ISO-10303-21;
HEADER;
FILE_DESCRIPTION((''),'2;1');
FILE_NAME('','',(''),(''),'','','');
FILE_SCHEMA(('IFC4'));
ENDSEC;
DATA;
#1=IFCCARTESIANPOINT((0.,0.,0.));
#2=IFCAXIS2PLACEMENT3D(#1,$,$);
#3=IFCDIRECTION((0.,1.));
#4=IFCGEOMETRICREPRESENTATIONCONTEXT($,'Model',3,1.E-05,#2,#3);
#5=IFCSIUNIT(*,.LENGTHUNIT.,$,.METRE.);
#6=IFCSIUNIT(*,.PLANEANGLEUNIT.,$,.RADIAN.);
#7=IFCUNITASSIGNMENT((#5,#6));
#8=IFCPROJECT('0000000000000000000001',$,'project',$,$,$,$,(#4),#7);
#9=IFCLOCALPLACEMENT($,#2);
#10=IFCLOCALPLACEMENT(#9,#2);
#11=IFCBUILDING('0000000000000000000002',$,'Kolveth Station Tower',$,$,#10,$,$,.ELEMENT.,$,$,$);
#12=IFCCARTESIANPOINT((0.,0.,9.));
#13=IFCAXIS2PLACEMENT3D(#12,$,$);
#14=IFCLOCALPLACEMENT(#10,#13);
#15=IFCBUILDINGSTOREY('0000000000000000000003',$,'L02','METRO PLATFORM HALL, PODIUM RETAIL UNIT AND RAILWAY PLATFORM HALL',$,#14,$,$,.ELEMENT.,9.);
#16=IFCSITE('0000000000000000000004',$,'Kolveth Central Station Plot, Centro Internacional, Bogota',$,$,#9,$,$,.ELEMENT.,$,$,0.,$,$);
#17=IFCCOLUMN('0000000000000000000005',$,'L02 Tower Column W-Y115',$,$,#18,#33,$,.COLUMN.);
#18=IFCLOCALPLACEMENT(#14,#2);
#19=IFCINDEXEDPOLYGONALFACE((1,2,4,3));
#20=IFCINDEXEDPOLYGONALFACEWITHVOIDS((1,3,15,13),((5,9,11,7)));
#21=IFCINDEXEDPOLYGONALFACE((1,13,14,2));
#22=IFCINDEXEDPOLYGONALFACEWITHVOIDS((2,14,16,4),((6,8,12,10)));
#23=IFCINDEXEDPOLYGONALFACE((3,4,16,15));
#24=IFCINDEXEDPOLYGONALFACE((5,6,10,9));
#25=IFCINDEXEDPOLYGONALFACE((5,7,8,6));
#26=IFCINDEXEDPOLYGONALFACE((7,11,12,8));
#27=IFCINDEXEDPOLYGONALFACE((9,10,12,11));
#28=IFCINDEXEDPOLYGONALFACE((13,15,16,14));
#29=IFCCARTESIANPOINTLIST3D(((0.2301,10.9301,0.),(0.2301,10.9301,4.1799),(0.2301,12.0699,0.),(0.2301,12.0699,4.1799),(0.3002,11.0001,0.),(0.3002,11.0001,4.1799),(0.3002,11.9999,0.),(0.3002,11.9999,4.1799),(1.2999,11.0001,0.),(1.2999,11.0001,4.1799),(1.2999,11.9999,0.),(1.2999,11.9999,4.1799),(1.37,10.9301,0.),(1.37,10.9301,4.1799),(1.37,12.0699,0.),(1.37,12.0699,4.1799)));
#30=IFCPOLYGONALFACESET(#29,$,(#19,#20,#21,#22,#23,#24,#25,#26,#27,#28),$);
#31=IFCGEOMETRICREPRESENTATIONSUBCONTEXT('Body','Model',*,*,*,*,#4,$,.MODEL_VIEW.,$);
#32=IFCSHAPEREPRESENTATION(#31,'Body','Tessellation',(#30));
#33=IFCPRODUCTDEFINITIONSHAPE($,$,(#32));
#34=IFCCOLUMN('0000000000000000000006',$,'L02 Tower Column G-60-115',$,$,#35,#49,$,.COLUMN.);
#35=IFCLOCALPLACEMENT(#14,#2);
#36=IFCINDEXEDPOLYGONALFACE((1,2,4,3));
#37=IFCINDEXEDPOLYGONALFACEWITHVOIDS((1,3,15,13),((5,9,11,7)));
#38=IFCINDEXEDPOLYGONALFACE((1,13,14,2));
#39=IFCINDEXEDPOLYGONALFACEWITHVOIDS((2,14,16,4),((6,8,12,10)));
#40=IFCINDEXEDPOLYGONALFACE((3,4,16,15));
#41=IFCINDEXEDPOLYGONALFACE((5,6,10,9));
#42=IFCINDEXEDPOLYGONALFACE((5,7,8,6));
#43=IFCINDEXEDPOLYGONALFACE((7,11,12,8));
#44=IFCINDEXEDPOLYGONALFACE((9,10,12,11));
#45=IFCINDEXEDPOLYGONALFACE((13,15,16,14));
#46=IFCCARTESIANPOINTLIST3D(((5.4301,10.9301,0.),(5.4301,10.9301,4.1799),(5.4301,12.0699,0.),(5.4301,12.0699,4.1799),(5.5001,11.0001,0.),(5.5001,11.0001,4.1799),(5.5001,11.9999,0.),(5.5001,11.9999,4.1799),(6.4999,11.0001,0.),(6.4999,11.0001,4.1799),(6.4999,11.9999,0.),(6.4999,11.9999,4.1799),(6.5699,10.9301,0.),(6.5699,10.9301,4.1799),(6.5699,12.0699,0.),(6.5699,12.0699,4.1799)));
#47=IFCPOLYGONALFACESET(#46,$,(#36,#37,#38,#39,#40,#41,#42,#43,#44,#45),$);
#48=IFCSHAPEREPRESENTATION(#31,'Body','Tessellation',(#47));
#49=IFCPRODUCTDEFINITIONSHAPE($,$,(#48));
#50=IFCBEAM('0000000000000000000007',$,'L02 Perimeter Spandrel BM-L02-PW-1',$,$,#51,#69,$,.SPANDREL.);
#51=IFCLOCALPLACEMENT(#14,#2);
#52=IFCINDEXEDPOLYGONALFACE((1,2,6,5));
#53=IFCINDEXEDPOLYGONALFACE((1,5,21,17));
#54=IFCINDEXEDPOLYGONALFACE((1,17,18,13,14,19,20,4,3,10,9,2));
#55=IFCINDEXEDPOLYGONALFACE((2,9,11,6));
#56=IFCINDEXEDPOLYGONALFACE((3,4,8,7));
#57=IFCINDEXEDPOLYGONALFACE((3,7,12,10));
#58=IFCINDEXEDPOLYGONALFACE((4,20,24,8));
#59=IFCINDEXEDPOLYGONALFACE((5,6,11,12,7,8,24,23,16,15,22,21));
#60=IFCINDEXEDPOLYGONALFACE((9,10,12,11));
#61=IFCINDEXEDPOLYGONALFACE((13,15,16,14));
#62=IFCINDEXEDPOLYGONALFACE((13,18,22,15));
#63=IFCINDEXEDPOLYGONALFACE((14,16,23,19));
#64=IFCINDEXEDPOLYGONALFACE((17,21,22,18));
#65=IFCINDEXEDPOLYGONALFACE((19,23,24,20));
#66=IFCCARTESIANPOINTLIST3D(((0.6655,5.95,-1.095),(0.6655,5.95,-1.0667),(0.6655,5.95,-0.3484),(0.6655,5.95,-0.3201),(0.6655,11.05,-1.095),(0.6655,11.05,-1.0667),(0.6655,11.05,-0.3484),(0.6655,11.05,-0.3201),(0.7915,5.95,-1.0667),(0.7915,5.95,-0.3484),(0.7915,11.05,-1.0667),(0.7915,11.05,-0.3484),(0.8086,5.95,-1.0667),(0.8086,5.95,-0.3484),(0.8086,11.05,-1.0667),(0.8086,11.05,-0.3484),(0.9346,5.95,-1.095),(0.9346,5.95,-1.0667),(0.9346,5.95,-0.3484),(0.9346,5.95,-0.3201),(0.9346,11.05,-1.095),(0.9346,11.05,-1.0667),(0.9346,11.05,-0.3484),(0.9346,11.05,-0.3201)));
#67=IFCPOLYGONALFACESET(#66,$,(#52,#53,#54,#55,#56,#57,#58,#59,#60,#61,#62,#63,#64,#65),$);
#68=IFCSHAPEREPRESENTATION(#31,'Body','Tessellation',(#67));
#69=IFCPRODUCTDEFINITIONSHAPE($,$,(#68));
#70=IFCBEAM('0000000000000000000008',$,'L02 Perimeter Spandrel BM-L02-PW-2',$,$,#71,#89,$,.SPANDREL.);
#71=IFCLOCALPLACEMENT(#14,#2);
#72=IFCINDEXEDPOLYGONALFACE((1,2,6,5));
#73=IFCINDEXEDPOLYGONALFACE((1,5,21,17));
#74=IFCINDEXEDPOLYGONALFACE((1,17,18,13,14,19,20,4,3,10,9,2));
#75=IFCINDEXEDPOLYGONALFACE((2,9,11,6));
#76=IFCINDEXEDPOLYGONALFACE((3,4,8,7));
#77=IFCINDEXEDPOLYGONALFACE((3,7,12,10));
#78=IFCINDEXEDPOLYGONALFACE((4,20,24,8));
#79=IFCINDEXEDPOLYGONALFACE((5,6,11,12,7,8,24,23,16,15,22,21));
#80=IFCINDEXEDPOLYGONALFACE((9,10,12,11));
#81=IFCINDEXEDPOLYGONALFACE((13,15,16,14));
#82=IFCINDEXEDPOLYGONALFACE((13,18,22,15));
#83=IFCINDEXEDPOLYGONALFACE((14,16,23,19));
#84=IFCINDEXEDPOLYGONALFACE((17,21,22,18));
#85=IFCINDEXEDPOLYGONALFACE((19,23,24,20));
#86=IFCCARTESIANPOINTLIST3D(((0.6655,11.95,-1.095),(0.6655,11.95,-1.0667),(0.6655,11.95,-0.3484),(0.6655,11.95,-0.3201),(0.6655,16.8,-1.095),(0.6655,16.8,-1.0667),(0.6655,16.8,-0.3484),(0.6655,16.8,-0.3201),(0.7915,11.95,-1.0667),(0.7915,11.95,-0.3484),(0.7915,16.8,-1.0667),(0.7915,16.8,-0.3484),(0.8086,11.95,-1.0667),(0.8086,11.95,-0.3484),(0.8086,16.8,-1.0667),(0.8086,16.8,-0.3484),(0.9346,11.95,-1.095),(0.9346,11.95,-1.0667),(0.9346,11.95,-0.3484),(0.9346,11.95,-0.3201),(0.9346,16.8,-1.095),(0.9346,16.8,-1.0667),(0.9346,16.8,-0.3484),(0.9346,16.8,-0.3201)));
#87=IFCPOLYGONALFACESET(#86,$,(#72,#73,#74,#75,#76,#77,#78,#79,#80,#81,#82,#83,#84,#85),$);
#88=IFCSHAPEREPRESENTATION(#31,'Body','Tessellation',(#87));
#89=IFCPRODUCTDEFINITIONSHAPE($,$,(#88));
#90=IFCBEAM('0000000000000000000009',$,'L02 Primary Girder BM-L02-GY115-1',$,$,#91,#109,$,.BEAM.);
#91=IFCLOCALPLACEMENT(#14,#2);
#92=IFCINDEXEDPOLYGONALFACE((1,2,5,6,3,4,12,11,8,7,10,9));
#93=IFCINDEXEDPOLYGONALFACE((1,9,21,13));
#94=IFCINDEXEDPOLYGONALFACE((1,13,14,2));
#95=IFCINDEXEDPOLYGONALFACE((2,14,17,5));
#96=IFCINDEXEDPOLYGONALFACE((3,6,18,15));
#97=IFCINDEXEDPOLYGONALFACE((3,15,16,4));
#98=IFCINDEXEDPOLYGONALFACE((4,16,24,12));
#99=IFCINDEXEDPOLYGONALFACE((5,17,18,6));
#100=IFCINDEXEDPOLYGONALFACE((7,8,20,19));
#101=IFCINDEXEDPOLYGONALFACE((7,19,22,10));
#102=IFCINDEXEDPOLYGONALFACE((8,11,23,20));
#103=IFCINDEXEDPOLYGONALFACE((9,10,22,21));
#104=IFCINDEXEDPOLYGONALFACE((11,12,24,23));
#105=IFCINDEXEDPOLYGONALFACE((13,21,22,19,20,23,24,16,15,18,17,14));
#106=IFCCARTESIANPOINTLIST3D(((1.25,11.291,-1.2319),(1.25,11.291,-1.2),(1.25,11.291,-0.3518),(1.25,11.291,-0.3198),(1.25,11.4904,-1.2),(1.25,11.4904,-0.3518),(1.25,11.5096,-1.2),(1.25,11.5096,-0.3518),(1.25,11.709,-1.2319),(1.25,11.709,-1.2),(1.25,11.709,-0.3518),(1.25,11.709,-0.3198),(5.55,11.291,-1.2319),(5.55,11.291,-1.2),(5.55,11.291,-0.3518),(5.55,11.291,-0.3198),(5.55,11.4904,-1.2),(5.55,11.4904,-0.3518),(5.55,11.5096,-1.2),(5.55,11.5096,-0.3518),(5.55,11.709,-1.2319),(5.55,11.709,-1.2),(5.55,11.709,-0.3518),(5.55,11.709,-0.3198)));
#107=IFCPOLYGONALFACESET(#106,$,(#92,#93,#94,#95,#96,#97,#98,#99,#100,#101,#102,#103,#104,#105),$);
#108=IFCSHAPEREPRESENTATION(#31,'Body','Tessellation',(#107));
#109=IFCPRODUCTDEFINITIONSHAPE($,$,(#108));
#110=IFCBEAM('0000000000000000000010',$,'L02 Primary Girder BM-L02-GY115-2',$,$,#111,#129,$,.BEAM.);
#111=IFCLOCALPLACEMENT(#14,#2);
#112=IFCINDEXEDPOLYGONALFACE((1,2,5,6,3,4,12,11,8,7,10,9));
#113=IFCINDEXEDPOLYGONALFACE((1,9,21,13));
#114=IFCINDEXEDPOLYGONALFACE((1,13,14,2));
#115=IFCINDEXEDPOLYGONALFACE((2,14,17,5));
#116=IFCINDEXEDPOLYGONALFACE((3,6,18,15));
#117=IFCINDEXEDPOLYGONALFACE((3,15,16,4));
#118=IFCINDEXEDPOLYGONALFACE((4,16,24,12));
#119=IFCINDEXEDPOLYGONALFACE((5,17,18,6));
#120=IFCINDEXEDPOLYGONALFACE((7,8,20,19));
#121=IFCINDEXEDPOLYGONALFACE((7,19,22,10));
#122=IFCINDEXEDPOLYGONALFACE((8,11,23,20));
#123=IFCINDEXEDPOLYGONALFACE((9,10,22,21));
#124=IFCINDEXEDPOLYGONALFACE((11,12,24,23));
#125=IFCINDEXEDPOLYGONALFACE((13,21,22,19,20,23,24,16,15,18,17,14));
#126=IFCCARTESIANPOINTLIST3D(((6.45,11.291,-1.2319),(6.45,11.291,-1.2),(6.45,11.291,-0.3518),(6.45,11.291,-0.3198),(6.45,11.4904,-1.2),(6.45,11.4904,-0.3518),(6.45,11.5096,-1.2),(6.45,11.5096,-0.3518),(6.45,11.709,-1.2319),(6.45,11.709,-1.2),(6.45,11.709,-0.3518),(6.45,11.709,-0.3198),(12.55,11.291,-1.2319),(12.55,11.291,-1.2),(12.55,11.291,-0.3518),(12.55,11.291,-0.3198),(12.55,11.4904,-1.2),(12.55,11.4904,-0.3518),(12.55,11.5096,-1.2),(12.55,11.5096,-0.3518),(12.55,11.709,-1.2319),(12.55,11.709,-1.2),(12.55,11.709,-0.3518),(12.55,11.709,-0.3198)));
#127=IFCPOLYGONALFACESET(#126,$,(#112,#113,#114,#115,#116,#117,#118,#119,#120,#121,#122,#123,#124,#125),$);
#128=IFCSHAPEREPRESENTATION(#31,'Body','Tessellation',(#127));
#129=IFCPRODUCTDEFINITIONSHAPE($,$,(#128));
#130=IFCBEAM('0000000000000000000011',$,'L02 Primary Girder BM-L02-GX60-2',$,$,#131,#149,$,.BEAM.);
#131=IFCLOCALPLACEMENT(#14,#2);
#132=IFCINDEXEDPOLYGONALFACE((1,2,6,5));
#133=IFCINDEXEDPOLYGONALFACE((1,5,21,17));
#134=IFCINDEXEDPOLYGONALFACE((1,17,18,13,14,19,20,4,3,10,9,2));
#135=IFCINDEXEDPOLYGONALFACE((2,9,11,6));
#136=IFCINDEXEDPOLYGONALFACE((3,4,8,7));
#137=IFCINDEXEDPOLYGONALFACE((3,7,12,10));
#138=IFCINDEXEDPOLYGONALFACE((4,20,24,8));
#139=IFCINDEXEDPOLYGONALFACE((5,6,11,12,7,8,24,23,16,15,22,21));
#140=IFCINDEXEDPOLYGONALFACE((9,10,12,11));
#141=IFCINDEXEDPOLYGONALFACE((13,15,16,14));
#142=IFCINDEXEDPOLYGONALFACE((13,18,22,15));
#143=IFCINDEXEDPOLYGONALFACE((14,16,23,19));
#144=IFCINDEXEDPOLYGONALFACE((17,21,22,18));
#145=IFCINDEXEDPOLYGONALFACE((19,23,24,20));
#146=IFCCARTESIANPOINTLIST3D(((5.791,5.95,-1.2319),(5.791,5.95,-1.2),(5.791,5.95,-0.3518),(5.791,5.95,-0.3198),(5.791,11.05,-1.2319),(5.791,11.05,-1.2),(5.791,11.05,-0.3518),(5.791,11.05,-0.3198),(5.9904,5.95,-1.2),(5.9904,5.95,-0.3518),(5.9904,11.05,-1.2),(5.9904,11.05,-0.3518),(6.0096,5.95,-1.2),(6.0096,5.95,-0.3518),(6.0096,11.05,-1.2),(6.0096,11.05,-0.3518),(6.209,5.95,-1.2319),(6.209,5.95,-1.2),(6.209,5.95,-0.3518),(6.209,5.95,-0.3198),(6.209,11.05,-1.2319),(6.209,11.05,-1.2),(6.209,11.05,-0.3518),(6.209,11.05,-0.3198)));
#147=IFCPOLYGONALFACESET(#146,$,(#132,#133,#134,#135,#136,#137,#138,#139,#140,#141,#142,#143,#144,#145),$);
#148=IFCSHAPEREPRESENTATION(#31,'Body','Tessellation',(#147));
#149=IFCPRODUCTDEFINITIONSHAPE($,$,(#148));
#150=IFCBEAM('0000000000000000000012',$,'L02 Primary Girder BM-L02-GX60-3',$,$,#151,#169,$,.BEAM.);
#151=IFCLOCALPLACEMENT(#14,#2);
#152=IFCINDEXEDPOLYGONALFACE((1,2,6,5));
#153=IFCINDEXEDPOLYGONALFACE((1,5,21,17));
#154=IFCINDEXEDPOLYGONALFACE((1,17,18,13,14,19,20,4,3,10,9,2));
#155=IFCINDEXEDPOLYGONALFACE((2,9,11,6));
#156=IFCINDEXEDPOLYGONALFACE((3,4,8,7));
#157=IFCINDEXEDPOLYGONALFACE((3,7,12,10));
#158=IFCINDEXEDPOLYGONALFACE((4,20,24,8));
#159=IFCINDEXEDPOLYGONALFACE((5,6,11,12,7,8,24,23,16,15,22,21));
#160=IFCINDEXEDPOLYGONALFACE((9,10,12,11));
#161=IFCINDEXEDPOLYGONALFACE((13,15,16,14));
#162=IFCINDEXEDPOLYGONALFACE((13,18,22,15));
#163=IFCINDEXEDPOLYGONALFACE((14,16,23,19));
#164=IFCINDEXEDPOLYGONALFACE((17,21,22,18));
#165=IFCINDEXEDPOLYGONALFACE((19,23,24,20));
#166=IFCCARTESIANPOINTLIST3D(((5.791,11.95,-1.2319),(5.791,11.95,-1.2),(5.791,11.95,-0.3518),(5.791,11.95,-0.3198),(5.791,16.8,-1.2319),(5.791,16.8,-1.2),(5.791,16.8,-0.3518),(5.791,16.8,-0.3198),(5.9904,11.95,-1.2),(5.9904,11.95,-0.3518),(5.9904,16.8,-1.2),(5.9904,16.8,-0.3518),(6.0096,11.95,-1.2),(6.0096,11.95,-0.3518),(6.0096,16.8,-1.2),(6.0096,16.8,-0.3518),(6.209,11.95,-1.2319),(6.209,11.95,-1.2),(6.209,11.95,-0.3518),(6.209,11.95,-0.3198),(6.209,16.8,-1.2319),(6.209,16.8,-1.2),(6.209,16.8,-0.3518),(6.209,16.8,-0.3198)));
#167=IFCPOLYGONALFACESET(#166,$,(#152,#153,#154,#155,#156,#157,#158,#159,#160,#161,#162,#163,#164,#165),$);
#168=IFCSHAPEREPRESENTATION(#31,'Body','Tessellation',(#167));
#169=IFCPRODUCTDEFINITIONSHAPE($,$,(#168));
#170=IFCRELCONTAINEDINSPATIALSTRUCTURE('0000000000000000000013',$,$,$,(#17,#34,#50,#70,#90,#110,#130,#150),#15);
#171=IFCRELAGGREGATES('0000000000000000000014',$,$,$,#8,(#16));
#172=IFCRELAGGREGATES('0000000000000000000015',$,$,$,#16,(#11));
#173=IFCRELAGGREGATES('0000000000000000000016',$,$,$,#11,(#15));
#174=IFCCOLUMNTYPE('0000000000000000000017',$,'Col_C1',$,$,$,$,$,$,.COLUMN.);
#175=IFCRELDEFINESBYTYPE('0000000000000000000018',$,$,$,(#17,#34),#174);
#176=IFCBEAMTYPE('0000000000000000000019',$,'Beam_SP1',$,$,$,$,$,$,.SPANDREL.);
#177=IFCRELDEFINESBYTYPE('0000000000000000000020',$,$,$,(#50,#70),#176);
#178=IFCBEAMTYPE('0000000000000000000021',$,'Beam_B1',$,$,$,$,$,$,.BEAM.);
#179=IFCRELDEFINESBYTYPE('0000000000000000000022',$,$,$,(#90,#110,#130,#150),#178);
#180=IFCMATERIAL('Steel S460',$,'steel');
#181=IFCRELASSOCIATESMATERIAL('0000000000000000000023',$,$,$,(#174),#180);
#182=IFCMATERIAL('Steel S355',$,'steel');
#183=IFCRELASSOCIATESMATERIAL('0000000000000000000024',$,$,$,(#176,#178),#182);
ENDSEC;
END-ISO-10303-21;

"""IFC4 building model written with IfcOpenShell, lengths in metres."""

from ifc_helpers import new_model, si_unit, direction, frame, origin, origin_2d, place, context, subcontext, project, spatial, hollow_rectangle, i_section, extrude, source, transform, mapped, material, material_profile, profile_set, type_object, element, save


model = new_model("IFC4")

# Units and contexts
model_context = context("Model", 3, precision=1e-05, world=origin(), true_north=direction((0.0, 1.0)))
body_context = subcontext(model_context, "Body", "Model", "MODEL_VIEW")
ifc_project = project(units=[si_unit("LENGTHUNIT", "METRE"), si_unit("PLANEANGLEUNIT", "RADIAN")], contexts=[model_context])

# Site, building, storey
site_placement = place(None, origin())
site = spatial("IfcSite", under=ifc_project, at=site_placement, Name="Kolveth Central Station Plot, Centro Internacional, Bogota", CompositionType="ELEMENT", RefElevation=0.0)
building_placement = place(site_placement, origin())
building = spatial("IfcBuilding", under=site, at=building_placement, Name="Kolveth Station Tower", CompositionType="ELEMENT")
storey_placement = place(building_placement, frame((0.0, 0.0, 9.0)))
storey = spatial("IfcBuildingStorey", under=building, at=storey_placement, Name="L02", Description="METRO PLATFORM HALL, PODIUM RETAIL UNIT AND RAILWAY PLATFORM HALL", CompositionType="ELEMENT", Elevation=9.0)

# Columns
ifc_material_1 = material(Name="Steel S460", Category="steel")
ifc_material_profile_1 = material_profile(ifc_material_1, hollow_rectangle(XDim=1.1399, YDim=1.1399, WallThickness=0.0701, at=origin_2d()), Name="BOX1140x1140x70")
ifc_profile_set_1 = profile_set([ifc_material_profile_1], Name="Steel S460")
column_type = type_object("IfcColumnType", Name="Col_C1", PredefinedType="COLUMN", material=ifc_profile_set_1)
shared_shape_1 = source(origin(), body_context, "Body", "SweptSolid", [
    extrude(hollow_rectangle(XDim=1.1399, YDim=1.1399, WallThickness=0.0701, at=origin_2d()), origin(), (0.0, 0.0, 1.0), 4.1799),
])
for number, where, z_axis, x_axis, name in (
    (1, (0.8, 11.5, 0.0), (0.0, 0.0, 1.0), (1.0, 0.0, 0.0), "L02 Tower Column W-Y115"),
    (2, (6.0, 11.5, 0.0), (0.0, 0.0, 1.0), (1.0, 0.0, 0.0), "L02 Tower Column G-60-115"),
):
    element("IfcColumn", number, at=place(storey_placement, frame(where, z_axis=z_axis, x_axis=x_axis)), inside=storey, type_object=column_type, Name=name, PredefinedType="COLUMN", context=body_context, shape_type="MappedRepresentation", body=[
        mapped(shared_shape_1, transform((0.0, 0.0, 0.0), x_axis=(1.0, 0.0, 0.0), y_axis=(0.0, 1.0, 0.0), z_axis=(0.0, 0.0, 1.0), scale=1.0)),
    ])

# Beams
ifc_material_2 = material(Name="Steel S355", Category="steel")
ifc_material_profile_2 = material_profile(ifc_material_2, i_section(OverallWidth=0.269, OverallDepth=0.7749, WebThickness=0.0171, FlangeThickness=0.0283, at=origin_2d()), Name="W760x220")
ifc_profile_set_2 = profile_set([ifc_material_profile_2], Name="Steel S355")
beam_type_1 = type_object("IfcBeamType", Name="Beam_SP1", PredefinedType="SPANDREL", material=ifc_profile_set_2)
shared_shape_2 = source(origin(), body_context, "Body", "SweptSolid", [
    extrude(i_section(OverallWidth=0.269, OverallDepth=0.7749, WebThickness=0.0171, FlangeThickness=0.0283, at=origin_2d()), origin(), (0.0, 0.0, 1.0), 5.1001),
])
beam_1_placement = place(storey_placement, frame((0.8, 5.95, -0.7075), z_axis=(0.0, 1.0, 0.0), x_axis=(-1.0, 0.0, 0.0)))
element("IfcBeam", 3, at=beam_1_placement, inside=storey, type_object=beam_type_1, Name="L02 Perimeter Spandrel BM-L02-PW-1", PredefinedType="SPANDREL", context=body_context, shape_type="MappedRepresentation", body=[
    mapped(shared_shape_2, transform((0.0, 0.0, 0.0), x_axis=(1.0, 0.0, 0.0), y_axis=(0.0, 1.0, 0.0), z_axis=(0.0, 0.0, 1.0), scale=1.0)),
])
shared_shape_3 = source(origin(), body_context, "Body", "SweptSolid", [
    extrude(i_section(OverallWidth=0.269, OverallDepth=0.7749, WebThickness=0.0171, FlangeThickness=0.0283, at=origin_2d()), origin(), (0.0, 0.0, 1.0), 4.8501),
])
beam_2_placement = place(storey_placement, frame((0.8, 11.95, -0.7075), z_axis=(0.0, 1.0, 0.0), x_axis=(-1.0, 0.0, 0.0)))
element("IfcBeam", 4, at=beam_2_placement, inside=storey, type_object=beam_type_1, Name="L02 Perimeter Spandrel BM-L02-PW-2", PredefinedType="SPANDREL", context=body_context, shape_type="MappedRepresentation", body=[
    mapped(shared_shape_3, transform((0.0, 0.0, 0.0), x_axis=(1.0, 0.0, 0.0), y_axis=(0.0, 1.0, 0.0), z_axis=(0.0, 0.0, 1.0), scale=1.0)),
])
ifc_material_profile_3 = material_profile(ifc_material_2, i_section(OverallWidth=0.418, OverallDepth=0.9121, WebThickness=0.0193, FlangeThickness=0.032, at=origin_2d()), Name="W920x342")
ifc_profile_set_3 = profile_set([ifc_material_profile_3], Name="Steel S355")
beam_type_2 = type_object("IfcBeamType", Name="Beam_B1", PredefinedType="BEAM", material=ifc_profile_set_3)
shared_shape_4 = source(origin(), body_context, "Body", "SweptSolid", [
    extrude(i_section(OverallWidth=0.418, OverallDepth=0.9121, WebThickness=0.0193, FlangeThickness=0.032, at=origin_2d()), origin(), (0.0, 0.0, 1.0), 4.3),
])
beam_3_placement = place(storey_placement, frame((1.25, 11.5, -0.7759), z_axis=(1.0, 0.0, 0.0), x_axis=(0.0, 1.0, 0.0)))
element("IfcBeam", 5, at=beam_3_placement, inside=storey, type_object=beam_type_2, Name="L02 Primary Girder BM-L02-GY115-1", PredefinedType="BEAM", context=body_context, shape_type="MappedRepresentation", body=[
    mapped(shared_shape_4, transform((0.0, 0.0, 0.0), x_axis=(1.0, 0.0, 0.0), y_axis=(0.0, 1.0, 0.0), z_axis=(0.0, 0.0, 1.0), scale=1.0)),
])
shared_shape_5 = source(origin(), body_context, "Body", "SweptSolid", [
    extrude(i_section(OverallWidth=0.418, OverallDepth=0.9121, WebThickness=0.0193, FlangeThickness=0.032, at=origin_2d()), origin(), (0.0, 0.0, 1.0), 6.1001),
])
beam_4_placement = place(storey_placement, frame((6.45, 11.5, -0.7759), z_axis=(1.0, 0.0, 0.0), x_axis=(0.0, 1.0, 0.0)))
element("IfcBeam", 6, at=beam_4_placement, inside=storey, type_object=beam_type_2, Name="L02 Primary Girder BM-L02-GY115-2", PredefinedType="BEAM", context=body_context, shape_type="MappedRepresentation", body=[
    mapped(shared_shape_5, transform((0.0, 0.0, 0.0), x_axis=(1.0, 0.0, 0.0), y_axis=(0.0, 1.0, 0.0), z_axis=(0.0, 0.0, 1.0), scale=1.0)),
])
shared_shape_6 = source(origin(), body_context, "Body", "SweptSolid", [
    extrude(i_section(OverallWidth=0.418, OverallDepth=0.9121, WebThickness=0.0193, FlangeThickness=0.032, at=origin_2d()), origin(), (0.0, 0.0, 1.0), 5.1001),
])
beam_5_placement = place(storey_placement, frame((6.0, 5.95, -0.7759), z_axis=(0.0, 1.0, 0.0), x_axis=(-1.0, 0.0, 0.0)))
element("IfcBeam", 7, at=beam_5_placement, inside=storey, type_object=beam_type_2, Name="L02 Primary Girder BM-L02-GX60-2", PredefinedType="BEAM", context=body_context, shape_type="MappedRepresentation", body=[
    mapped(shared_shape_6, transform((0.0, 0.0, 0.0), x_axis=(1.0, 0.0, 0.0), y_axis=(0.0, 1.0, 0.0), z_axis=(0.0, 0.0, 1.0), scale=1.0)),
])
shared_shape_7 = source(origin(), body_context, "Body", "SweptSolid", [
    extrude(i_section(OverallWidth=0.418, OverallDepth=0.9121, WebThickness=0.0193, FlangeThickness=0.032, at=origin_2d()), origin(), (0.0, 0.0, 1.0), 4.8501),
])
beam_6_placement = place(storey_placement, frame((6.0, 11.95, -0.7759), z_axis=(0.0, 1.0, 0.0), x_axis=(-1.0, 0.0, 0.0)))
element("IfcBeam", 8, at=beam_6_placement, inside=storey, type_object=beam_type_2, Name="L02 Primary Girder BM-L02-GX60-3", PredefinedType="BEAM", context=body_context, shape_type="MappedRepresentation", body=[
    mapped(shared_shape_7, transform((0.0, 0.0, 0.0), x_axis=(1.0, 0.0, 0.0), y_axis=(0.0, 1.0, 0.0), z_axis=(0.0, 0.0, 1.0), scale=1.0)),
])

save(model, "model.ifc")
